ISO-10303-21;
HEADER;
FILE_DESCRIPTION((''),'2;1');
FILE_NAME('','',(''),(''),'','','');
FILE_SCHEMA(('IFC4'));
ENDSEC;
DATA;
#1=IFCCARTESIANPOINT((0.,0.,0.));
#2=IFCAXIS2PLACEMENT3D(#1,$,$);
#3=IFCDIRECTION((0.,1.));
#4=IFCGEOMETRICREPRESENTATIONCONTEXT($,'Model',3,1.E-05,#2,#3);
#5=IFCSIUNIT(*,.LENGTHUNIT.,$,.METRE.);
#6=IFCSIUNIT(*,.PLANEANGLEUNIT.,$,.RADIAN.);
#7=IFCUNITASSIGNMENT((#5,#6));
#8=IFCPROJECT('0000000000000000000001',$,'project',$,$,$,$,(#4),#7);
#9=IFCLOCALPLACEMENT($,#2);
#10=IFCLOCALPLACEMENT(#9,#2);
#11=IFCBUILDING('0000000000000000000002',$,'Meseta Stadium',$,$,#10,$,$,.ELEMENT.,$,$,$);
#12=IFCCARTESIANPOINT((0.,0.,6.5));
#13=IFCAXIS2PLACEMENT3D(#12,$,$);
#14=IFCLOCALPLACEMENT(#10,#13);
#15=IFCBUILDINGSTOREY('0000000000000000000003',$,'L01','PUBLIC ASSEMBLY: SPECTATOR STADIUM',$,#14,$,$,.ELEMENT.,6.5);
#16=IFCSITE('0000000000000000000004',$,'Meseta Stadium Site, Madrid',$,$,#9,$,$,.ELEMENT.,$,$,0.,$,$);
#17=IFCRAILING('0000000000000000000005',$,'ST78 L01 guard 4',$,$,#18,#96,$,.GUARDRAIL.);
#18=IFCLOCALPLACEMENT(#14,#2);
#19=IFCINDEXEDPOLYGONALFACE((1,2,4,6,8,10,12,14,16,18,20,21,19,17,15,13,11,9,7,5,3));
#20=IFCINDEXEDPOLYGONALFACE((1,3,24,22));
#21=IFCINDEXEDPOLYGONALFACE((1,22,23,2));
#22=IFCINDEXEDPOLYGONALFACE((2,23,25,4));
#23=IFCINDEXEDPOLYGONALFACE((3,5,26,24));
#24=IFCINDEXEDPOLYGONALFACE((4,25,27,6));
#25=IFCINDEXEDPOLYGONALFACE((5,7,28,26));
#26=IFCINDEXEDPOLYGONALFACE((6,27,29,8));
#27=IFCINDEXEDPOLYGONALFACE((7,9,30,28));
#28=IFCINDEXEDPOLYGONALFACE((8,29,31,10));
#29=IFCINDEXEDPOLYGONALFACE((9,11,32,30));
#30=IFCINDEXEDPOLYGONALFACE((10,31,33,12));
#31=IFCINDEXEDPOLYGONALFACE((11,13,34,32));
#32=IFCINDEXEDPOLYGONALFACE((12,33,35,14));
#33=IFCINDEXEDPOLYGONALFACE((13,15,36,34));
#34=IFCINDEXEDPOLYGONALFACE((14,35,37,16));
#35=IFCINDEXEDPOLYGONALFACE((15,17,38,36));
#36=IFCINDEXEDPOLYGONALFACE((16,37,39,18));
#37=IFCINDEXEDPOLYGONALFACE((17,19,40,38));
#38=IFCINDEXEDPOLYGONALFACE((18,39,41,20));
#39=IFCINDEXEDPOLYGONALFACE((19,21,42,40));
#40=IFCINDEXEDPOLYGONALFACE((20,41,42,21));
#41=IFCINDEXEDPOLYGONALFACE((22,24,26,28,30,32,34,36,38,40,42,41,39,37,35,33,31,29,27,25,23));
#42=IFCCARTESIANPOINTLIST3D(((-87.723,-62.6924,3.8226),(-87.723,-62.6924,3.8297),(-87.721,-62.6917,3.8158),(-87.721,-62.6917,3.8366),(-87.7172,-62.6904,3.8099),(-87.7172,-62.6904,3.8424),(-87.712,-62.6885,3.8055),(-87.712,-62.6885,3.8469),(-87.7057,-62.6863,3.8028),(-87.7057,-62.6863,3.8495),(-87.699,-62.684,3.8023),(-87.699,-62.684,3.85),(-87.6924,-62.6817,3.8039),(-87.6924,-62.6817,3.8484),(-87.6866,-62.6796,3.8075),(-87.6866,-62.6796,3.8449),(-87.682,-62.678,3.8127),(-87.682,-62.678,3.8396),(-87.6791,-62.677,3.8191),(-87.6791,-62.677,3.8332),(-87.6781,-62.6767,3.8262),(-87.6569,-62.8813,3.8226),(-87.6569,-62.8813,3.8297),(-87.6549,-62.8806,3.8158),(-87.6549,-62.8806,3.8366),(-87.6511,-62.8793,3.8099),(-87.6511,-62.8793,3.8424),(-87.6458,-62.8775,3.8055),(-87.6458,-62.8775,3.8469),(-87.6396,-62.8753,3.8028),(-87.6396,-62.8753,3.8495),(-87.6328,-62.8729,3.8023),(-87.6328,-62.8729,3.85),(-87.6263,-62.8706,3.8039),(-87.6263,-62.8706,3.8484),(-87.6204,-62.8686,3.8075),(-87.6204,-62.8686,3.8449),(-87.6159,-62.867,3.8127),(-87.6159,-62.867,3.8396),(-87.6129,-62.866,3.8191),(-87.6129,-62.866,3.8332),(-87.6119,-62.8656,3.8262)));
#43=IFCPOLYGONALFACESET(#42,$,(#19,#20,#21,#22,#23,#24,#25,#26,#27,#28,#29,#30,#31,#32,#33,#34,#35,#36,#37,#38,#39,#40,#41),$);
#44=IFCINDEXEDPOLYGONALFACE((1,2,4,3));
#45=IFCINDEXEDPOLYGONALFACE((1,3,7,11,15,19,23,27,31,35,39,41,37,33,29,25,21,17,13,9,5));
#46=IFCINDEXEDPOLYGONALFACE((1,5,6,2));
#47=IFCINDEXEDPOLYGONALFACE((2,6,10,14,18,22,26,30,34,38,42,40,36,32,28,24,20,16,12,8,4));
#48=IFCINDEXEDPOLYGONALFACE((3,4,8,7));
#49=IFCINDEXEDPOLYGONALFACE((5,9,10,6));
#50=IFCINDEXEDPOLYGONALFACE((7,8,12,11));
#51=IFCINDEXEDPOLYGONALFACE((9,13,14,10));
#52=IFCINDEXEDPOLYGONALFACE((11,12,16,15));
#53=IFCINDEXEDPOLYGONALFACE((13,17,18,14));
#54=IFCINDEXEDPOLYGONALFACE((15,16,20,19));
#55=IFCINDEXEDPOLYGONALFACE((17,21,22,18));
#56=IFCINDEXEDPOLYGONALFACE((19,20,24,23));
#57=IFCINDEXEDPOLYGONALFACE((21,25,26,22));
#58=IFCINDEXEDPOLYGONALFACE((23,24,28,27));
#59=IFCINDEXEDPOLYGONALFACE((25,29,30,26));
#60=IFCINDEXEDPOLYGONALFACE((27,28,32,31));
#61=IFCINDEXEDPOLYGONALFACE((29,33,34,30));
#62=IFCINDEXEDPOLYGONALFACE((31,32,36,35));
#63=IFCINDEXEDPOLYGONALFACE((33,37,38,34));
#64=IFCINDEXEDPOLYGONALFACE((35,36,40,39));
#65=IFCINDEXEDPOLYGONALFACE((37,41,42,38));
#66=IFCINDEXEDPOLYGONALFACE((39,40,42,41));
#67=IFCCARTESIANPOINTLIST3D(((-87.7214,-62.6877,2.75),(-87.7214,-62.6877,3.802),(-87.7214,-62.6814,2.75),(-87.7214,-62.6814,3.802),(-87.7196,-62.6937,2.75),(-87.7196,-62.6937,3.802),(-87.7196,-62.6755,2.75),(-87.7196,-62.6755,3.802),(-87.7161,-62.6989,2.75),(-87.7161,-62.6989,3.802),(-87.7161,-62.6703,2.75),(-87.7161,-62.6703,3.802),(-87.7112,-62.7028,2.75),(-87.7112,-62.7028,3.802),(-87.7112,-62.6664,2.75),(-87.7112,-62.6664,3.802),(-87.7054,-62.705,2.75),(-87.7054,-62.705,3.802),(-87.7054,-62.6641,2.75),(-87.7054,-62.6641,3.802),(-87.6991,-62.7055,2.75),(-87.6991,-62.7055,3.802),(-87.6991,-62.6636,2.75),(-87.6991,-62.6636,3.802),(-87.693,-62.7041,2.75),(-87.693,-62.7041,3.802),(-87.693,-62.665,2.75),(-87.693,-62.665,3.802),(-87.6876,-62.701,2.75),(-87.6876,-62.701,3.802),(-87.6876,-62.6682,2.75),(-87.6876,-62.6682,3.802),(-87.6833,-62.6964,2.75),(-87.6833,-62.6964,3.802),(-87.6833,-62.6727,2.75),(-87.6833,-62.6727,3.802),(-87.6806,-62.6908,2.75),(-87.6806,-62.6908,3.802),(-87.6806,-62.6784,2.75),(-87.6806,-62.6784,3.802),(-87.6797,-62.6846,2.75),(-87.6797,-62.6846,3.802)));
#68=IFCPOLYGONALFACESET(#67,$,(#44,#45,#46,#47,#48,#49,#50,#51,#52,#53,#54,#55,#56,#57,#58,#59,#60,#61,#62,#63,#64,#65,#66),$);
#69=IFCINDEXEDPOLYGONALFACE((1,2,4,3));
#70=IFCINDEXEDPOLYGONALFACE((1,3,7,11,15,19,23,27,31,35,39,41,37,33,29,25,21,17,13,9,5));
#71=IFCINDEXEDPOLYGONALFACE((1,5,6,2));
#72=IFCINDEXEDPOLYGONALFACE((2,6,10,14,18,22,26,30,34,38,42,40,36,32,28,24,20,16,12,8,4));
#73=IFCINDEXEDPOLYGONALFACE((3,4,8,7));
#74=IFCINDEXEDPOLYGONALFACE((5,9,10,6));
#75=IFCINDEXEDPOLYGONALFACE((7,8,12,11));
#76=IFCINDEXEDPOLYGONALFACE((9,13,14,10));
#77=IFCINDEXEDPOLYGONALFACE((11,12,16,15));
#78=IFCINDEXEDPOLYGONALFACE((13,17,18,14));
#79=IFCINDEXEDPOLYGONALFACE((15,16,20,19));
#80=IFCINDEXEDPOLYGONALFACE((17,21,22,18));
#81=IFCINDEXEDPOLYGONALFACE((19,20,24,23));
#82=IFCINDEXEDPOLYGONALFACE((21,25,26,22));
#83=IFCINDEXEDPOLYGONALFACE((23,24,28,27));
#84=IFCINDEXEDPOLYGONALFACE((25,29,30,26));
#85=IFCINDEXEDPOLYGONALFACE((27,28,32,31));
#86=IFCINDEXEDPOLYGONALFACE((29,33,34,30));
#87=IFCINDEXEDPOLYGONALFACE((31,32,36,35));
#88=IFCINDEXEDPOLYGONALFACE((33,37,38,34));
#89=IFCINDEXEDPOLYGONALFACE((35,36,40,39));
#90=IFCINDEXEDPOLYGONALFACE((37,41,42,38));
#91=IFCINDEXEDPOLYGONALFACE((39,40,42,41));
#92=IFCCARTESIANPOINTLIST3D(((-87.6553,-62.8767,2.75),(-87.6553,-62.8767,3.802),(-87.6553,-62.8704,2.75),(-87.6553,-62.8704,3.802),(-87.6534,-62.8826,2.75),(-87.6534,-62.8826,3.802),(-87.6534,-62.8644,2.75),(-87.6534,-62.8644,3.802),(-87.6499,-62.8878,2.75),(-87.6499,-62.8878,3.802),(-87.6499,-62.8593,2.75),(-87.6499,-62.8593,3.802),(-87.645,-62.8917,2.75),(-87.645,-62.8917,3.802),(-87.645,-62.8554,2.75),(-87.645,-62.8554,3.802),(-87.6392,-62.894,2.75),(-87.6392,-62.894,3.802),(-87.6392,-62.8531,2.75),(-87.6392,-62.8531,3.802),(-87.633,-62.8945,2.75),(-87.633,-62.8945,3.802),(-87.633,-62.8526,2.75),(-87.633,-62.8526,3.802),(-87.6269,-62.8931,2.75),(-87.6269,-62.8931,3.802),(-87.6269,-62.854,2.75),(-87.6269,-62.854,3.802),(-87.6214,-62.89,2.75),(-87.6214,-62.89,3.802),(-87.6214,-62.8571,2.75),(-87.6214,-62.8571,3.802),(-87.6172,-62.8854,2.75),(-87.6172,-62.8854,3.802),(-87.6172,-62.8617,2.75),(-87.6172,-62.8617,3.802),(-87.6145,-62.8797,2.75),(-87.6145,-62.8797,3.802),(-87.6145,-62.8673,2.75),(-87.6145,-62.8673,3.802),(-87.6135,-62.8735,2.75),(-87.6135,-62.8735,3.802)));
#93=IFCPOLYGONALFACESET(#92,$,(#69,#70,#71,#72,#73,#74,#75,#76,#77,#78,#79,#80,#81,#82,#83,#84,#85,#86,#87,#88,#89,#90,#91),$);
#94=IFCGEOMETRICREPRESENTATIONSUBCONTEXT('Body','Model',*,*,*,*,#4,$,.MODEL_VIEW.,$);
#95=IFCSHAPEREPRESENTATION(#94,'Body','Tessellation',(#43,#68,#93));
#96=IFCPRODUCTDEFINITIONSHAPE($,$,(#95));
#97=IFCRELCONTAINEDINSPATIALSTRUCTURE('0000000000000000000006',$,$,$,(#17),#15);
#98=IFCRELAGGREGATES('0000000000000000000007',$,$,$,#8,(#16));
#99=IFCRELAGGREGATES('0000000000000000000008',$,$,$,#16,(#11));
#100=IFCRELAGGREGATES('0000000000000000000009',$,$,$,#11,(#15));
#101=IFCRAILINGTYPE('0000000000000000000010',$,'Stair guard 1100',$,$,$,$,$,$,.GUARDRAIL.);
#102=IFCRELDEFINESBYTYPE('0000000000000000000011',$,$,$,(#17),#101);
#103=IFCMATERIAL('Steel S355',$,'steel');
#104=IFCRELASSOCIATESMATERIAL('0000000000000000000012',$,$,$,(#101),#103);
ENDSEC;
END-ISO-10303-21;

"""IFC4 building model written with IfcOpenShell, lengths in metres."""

from ifc_helpers import new_model, si_unit, direction, frame, origin, origin_2d, place, context, subcontext, project, spatial, circle, extrude, material, type_object, element, save


model = new_model("IFC4")

# Units and contexts
model_context = context("Model", 3, precision=1e-05, world=origin(), true_north=direction((0.0, 1.0)))
body_context = subcontext(model_context, "Body", "Model", "MODEL_VIEW")
ifc_project = project(units=[si_unit("LENGTHUNIT", "METRE"), si_unit("PLANEANGLEUNIT", "RADIAN")], contexts=[model_context])

# Site, building, storey
site_placement = place(None, origin())
site = spatial("IfcSite", under=ifc_project, at=site_placement, Name="Meseta Stadium Site, Madrid", CompositionType="ELEMENT", RefElevation=0.0)
building_placement = place(site_placement, origin())
building = spatial("IfcBuilding", under=site, at=building_placement, Name="Meseta Stadium", CompositionType="ELEMENT")
storey_placement = place(building_placement, frame((0.0, 0.0, 6.5)))
storey = spatial("IfcBuildingStorey", under=building, at=storey_placement, Name="L01", Description="PUBLIC ASSEMBLY: SPECTATOR STADIUM", CompositionType="ELEMENT", Elevation=6.5)

# Railing
ifc_material_1 = material(Name="Steel S355", Category="steel")
railing_type_1 = type_object("IfcRailingType", Name="Stair guard 1100", PredefinedType="GUARDRAIL", material=ifc_material_1)
railing_1_placement = place(storey_placement, frame((-87.7007, -62.6846, 2.75)))
element("IfcRailing", 1, at=railing_1_placement, inside=storey, type_object=railing_type_1, Name="ST78 L01 guard 4", PredefinedType="GUARDRAIL", context=body_context, shape_type="SweptSolid", body=[
    extrude(circle(Radius=0.0239, at=origin_2d()), frame((0.0, 0.0, 1.0762), z_axis=(0.330459, -0.94382, 0.0), x_axis=(0.94382, 0.330459, 0.0)), (0.0, 0.0, 1.0), 0.2002),
    extrude(circle(Radius=0.021, at=origin_2d()), origin(), (0.0, 0.0, 1.0), 1.052),
    extrude(circle(Radius=0.021, at=origin_2d()), frame((0.0662, -0.189, 0.0)), (0.0, 0.0, 1.0), 1.052),
])

save(model, "model.ifc")
